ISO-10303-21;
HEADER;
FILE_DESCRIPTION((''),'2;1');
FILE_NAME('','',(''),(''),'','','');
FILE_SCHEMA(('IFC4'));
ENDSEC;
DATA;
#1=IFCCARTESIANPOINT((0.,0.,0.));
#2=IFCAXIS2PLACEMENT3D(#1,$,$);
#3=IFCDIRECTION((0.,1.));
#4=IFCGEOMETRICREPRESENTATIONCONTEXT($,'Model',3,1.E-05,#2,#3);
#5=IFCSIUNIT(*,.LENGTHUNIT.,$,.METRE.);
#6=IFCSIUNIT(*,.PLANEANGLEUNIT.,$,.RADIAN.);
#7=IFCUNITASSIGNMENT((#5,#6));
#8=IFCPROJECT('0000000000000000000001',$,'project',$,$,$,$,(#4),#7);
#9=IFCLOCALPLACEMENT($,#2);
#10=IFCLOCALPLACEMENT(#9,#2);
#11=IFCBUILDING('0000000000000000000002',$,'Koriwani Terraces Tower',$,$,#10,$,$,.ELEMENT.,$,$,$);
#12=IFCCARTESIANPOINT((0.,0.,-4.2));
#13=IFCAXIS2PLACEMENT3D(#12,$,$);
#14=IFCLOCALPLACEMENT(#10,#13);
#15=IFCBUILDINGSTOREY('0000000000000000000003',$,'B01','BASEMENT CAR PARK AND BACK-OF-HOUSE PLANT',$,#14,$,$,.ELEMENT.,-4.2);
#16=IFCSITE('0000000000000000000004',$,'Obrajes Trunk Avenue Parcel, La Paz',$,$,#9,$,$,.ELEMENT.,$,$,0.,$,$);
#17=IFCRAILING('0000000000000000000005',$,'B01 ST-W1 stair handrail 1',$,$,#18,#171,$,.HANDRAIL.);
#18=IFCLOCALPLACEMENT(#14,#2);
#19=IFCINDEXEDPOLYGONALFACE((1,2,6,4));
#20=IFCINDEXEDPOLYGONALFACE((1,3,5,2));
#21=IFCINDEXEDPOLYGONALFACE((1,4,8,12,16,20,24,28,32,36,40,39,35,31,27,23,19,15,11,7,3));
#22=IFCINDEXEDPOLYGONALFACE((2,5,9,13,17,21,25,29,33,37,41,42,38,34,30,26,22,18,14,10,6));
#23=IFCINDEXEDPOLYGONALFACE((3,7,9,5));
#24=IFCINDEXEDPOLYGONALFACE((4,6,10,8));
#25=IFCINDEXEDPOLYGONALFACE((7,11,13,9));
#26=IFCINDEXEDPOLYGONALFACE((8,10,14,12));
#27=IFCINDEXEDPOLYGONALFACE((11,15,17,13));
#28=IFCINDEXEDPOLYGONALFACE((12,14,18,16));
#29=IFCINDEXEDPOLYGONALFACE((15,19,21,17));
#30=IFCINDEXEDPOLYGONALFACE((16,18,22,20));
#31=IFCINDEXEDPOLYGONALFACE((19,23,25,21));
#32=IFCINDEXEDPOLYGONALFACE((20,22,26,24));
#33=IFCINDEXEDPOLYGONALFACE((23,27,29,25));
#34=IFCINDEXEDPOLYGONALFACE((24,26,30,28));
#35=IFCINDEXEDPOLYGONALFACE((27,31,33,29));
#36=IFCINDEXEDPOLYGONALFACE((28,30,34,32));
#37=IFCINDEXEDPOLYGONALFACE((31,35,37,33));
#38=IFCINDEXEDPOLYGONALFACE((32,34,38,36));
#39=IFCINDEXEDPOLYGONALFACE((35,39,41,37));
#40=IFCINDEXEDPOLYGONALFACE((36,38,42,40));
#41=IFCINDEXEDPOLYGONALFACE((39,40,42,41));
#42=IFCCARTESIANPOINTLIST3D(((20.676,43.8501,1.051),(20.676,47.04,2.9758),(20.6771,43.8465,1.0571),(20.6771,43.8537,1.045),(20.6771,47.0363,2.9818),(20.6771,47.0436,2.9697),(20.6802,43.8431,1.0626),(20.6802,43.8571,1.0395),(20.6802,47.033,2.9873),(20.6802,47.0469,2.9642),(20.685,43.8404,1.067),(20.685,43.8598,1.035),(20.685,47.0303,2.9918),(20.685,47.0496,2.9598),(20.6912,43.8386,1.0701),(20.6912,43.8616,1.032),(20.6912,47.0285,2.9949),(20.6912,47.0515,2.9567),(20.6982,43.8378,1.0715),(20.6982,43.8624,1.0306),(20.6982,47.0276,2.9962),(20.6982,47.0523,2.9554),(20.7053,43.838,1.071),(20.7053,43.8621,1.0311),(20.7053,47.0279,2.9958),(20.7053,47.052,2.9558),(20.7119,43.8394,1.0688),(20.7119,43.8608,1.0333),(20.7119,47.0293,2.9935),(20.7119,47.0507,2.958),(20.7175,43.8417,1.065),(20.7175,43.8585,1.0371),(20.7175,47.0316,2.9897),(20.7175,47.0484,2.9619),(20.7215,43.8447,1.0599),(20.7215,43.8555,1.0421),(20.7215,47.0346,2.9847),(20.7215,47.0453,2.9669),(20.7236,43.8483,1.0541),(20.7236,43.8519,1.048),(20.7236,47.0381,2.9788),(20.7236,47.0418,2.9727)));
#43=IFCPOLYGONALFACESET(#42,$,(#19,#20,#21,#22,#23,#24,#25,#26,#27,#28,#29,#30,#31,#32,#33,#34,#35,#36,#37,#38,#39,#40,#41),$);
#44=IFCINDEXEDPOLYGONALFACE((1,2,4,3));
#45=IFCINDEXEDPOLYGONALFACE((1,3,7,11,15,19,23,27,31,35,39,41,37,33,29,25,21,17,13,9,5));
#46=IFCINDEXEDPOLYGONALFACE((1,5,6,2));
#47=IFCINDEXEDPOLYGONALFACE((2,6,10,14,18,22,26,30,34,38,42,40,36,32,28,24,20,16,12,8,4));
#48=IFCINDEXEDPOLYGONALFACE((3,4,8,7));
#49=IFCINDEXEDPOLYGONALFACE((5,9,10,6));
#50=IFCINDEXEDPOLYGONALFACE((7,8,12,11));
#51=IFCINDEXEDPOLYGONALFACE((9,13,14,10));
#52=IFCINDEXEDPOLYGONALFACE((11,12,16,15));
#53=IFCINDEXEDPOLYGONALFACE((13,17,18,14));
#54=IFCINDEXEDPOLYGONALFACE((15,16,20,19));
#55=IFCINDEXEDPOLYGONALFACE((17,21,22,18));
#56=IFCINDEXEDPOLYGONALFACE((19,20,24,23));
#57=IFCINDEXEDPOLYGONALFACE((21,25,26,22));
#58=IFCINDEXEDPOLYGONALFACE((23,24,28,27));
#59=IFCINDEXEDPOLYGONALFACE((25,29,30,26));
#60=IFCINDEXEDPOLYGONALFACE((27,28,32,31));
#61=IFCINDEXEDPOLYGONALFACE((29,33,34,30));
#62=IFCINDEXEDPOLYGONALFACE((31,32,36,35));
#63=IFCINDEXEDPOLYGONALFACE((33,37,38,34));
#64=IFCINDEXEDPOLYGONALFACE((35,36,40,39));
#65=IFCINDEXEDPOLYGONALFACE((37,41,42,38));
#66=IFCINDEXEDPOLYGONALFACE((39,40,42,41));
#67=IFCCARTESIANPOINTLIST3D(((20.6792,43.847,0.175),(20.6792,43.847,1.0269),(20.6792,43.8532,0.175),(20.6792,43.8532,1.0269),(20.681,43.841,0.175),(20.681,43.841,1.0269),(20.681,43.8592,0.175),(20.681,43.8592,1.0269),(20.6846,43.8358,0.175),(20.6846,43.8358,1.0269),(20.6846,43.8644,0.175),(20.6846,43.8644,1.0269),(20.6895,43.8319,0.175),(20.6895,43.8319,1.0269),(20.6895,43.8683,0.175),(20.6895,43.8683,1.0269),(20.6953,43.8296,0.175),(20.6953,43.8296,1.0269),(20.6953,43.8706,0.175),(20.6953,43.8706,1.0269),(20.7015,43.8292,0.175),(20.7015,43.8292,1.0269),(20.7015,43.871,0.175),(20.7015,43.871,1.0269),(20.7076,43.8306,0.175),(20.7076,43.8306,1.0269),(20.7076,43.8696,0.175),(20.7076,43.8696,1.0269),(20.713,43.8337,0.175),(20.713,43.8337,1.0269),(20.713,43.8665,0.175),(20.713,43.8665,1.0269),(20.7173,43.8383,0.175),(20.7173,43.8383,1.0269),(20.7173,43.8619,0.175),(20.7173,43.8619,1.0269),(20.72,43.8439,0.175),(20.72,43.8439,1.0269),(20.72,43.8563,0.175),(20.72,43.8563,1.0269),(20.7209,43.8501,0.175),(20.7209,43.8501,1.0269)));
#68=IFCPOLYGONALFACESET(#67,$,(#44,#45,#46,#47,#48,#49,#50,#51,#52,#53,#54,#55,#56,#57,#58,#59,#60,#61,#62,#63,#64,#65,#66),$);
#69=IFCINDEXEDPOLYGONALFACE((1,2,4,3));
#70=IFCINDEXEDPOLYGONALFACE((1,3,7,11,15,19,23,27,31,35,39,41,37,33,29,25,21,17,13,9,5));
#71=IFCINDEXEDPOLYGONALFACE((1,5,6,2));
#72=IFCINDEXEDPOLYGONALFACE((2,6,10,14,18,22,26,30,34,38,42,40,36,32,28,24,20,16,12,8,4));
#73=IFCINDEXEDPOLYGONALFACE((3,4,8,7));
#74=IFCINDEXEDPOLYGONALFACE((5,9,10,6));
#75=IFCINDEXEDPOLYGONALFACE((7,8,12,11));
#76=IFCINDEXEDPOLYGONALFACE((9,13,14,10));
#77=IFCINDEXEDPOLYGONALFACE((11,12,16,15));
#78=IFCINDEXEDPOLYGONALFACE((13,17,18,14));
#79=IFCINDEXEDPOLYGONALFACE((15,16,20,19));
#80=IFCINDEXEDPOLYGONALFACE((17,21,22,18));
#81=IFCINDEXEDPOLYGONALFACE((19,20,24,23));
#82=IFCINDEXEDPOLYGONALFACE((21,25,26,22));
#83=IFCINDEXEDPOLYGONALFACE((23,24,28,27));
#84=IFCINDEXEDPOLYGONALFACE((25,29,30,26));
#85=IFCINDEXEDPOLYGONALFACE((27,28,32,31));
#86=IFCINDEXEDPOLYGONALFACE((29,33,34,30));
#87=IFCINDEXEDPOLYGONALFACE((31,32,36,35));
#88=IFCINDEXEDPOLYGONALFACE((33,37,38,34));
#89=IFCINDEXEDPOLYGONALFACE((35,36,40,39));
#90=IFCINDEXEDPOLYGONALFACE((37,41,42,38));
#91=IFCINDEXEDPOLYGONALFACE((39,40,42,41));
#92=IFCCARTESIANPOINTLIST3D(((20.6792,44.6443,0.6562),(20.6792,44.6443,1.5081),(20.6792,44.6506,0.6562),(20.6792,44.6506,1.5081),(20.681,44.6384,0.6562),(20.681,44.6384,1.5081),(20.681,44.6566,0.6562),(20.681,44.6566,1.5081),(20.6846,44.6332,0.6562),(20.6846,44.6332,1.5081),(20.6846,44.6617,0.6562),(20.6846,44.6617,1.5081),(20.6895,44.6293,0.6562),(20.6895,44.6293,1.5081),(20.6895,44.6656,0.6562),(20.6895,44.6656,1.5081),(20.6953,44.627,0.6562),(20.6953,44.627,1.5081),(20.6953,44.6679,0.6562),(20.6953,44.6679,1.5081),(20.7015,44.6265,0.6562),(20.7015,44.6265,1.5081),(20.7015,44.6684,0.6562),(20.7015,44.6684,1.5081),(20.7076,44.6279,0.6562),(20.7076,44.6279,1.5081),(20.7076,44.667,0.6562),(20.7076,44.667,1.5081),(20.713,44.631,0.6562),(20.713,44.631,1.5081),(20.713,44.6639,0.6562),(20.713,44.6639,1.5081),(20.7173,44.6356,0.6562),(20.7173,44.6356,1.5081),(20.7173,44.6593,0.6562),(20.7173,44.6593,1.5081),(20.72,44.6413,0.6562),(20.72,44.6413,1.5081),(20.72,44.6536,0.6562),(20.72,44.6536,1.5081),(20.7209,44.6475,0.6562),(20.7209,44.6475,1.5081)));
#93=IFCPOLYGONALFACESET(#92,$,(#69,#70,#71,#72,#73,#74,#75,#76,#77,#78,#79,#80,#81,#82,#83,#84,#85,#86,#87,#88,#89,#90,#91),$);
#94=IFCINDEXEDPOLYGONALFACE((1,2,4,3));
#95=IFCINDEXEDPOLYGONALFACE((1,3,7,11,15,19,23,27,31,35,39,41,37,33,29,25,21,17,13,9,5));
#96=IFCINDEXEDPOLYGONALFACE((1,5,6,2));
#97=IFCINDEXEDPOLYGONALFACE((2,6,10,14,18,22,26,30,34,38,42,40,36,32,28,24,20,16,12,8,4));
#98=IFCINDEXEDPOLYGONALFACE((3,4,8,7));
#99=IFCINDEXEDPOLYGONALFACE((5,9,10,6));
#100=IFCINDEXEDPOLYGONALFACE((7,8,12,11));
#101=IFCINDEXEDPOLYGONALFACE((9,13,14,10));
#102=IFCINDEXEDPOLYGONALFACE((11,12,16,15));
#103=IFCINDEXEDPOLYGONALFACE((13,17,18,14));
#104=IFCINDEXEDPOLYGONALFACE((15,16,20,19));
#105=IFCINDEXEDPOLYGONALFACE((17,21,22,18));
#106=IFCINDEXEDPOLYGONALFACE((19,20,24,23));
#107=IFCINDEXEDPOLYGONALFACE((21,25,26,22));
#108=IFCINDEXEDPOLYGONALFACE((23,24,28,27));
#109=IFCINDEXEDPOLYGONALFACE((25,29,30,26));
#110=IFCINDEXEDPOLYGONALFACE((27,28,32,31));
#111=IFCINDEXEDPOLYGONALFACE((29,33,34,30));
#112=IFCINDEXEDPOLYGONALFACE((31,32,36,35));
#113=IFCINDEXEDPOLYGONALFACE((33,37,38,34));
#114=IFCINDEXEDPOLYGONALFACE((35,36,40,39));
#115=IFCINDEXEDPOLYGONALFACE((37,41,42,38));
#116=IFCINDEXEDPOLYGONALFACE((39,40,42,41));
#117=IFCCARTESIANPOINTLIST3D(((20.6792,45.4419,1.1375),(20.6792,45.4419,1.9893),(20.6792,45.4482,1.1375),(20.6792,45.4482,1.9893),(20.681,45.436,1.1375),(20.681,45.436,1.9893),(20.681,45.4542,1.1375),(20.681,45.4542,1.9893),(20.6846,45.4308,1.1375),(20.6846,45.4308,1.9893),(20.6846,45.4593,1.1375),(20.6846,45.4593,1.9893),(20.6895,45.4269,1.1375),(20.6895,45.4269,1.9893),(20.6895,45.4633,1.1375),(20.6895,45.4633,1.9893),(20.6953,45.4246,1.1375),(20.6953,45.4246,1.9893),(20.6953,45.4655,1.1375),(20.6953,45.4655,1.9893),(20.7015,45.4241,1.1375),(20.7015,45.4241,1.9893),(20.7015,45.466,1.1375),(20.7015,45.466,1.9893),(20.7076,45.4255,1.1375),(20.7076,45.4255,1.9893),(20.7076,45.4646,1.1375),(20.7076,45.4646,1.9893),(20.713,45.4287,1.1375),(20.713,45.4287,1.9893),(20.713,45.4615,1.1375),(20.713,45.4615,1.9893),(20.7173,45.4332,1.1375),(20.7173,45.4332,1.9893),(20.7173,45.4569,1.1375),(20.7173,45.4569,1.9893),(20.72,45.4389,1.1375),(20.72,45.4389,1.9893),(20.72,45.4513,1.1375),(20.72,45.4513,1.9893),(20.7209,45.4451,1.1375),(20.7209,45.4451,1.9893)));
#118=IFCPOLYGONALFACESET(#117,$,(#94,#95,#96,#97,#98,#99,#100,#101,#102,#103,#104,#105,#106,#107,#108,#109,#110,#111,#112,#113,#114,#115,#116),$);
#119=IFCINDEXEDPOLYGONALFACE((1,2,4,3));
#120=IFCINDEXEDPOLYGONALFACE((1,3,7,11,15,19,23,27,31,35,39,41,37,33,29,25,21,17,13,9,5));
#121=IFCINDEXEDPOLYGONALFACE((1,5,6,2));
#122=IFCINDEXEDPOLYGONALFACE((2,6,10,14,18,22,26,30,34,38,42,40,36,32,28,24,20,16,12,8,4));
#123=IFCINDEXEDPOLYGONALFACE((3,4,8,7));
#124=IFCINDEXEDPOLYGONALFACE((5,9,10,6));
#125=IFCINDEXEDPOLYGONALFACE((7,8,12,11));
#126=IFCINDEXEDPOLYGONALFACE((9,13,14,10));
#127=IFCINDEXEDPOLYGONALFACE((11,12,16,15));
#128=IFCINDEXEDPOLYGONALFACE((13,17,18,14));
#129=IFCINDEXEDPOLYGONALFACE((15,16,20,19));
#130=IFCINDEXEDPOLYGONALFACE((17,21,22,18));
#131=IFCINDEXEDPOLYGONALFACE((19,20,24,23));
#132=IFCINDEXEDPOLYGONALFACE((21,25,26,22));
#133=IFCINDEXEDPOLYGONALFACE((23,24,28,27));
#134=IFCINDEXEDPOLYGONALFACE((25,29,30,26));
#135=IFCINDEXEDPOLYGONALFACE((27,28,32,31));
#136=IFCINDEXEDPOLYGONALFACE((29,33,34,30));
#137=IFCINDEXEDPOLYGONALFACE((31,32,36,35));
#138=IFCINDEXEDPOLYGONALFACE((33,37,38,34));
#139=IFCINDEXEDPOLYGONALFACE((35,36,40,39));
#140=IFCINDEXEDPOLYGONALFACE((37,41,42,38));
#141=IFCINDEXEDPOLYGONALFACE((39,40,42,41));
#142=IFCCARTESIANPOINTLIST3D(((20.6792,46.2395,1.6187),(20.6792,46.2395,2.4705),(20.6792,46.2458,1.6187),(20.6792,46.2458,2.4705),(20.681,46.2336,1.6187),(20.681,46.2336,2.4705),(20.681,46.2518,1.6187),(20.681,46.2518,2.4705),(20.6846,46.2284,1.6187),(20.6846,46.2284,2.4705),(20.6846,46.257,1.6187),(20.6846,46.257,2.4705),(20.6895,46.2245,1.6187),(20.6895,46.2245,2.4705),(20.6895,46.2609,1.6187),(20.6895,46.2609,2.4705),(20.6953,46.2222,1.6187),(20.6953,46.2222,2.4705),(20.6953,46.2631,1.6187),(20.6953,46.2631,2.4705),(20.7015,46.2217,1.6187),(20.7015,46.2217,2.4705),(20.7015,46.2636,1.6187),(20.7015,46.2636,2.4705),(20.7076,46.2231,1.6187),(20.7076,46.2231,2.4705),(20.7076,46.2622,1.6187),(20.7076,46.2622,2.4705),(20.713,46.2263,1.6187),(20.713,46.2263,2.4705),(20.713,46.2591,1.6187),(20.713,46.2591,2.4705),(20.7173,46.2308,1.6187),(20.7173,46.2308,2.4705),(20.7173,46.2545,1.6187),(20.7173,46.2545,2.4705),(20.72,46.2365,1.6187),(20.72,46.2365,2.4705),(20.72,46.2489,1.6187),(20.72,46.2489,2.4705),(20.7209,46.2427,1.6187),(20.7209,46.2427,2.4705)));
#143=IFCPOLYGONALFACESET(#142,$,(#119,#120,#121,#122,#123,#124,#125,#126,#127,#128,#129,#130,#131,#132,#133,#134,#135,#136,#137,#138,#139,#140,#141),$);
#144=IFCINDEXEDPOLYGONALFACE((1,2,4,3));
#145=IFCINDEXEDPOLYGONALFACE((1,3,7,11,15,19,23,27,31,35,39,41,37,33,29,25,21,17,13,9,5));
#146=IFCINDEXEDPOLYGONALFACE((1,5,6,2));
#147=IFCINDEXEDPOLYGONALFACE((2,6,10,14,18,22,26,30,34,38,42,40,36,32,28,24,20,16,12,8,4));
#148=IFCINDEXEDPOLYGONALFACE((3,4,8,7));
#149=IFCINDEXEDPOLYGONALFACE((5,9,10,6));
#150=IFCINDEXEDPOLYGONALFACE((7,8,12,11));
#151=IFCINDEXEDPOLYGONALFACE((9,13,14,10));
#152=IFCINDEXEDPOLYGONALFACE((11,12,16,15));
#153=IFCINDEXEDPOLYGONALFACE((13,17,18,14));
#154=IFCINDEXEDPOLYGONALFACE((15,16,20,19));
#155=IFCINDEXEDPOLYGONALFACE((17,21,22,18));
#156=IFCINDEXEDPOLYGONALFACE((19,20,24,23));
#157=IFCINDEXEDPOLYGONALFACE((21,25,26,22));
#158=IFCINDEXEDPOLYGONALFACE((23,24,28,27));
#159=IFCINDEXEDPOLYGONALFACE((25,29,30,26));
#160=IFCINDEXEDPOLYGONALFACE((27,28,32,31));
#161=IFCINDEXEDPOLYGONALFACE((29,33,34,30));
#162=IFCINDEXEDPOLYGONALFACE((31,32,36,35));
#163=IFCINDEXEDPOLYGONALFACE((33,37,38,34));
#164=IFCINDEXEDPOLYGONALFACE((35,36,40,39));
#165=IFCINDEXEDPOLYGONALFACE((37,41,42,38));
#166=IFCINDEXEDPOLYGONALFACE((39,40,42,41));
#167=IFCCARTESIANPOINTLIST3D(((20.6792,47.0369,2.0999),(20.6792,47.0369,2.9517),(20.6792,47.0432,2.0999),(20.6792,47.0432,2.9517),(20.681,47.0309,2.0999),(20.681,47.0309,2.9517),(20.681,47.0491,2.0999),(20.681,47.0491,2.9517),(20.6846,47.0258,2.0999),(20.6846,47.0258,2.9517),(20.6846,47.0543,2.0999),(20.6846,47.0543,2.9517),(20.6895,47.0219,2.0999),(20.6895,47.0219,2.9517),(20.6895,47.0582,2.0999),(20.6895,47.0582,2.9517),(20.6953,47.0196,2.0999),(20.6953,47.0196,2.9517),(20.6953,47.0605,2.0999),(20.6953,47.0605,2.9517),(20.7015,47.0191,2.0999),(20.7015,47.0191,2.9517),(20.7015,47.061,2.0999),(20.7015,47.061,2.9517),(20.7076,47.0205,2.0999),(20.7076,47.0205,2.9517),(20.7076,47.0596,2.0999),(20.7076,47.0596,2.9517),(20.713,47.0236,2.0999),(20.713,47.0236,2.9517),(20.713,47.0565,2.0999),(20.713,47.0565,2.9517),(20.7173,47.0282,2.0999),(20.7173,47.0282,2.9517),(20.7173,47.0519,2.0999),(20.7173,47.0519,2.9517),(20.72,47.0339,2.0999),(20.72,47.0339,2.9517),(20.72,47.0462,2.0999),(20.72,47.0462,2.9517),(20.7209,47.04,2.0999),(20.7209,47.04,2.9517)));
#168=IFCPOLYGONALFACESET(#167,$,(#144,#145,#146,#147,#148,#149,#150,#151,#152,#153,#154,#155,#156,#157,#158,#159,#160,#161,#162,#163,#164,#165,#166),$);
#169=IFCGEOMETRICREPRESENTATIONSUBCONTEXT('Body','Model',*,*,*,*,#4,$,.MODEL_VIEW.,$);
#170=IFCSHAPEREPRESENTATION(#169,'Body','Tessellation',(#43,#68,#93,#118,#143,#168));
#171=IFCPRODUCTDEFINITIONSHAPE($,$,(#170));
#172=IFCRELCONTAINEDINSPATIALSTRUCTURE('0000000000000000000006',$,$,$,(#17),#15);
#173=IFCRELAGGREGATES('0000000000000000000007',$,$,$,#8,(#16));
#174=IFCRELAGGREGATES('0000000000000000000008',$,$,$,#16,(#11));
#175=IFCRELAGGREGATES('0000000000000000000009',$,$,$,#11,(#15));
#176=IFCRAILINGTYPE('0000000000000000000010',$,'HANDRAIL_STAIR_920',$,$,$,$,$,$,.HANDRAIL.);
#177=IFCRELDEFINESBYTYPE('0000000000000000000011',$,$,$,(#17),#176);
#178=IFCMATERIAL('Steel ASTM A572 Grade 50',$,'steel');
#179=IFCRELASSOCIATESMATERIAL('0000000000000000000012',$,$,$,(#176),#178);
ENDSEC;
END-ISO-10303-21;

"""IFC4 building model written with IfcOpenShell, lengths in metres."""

from ifc_helpers import new_model, si_unit, direction, frame, origin, origin_2d, place, context, subcontext, project, spatial, circle, extrude, material, type_object, element, save


model = new_model("IFC4")

# Units and contexts
model_context = context("Model", 3, precision=1e-05, world=origin(), true_north=direction((0.0, 1.0)))
body_context = subcontext(model_context, "Body", "Model", "MODEL_VIEW")
ifc_project = project(units=[si_unit("LENGTHUNIT", "METRE"), si_unit("PLANEANGLEUNIT", "RADIAN")], contexts=[model_context])

# Site, building, storey
site_placement = place(None, origin())
site = spatial("IfcSite", under=ifc_project, at=site_placement, Name="Obrajes Trunk Avenue Parcel, La Paz", CompositionType="ELEMENT", RefElevation=0.0)
building_placement = place(site_placement, origin())
building = spatial("IfcBuilding", under=site, at=building_placement, Name="Koriwani Terraces Tower", CompositionType="ELEMENT")
storey_placement = place(building_placement, frame((0.0, 0.0, -4.2)))
storey = spatial("IfcBuildingStorey", under=building, at=storey_placement, Name="B01", Description="BASEMENT CAR PARK AND BACK-OF-HOUSE PLANT", CompositionType="ELEMENT", Elevation=-4.2)

# Shared definitions
ifc_material_1 = material(Name="Steel ASTM A572 Grade 50", Category="steel")

# Railing
railing_type_1 = type_object("IfcRailingType", Name="HANDRAIL_STAIR_920", PredefinedType="HANDRAIL", material=ifc_material_1)
railing_1_placement = place(storey_placement, frame((20.7, 43.8501, 0.175)))
element("IfcRailing", 1, at=railing_1_placement, inside=storey, type_object=railing_type_1, Name="B01 ST-W1 stair handrail 1", PredefinedType="HANDRAIL", context=body_context, shape_type="SweptSolid", body=[
    extrude(circle(Radius=0.0239, at=origin_2d()), frame((0.0, 0.0, 0.876), z_axis=(0.0, 0.856207, 0.516633), x_axis=(-1.0, 0.0, 0.0)), (0.0, 0.0, 1.0), 3.7256),
    extrude(circle(Radius=0.021, at=origin_2d()), origin(), (0.0, 0.0, 1.0), 0.8518),
    extrude(circle(Radius=0.021, at=origin_2d()), frame((0.0, 0.7974, 0.4812)), (0.0, 0.0, 1.0), 0.8518),
    extrude(circle(Radius=0.021, at=origin_2d()), frame((0.0, 1.595, 0.9624)), (0.0, 0.0, 1.0), 0.8518),
    extrude(circle(Radius=0.021, at=origin_2d()), frame((0.0, 2.3926, 1.4436)), (0.0, 0.0, 1.0), 0.8518),
    extrude(circle(Radius=0.021, at=origin_2d()), frame((0.0, 3.1899, 1.9248)), (0.0, 0.0, 1.0), 0.8518),
])

save(model, "model.ifc")
